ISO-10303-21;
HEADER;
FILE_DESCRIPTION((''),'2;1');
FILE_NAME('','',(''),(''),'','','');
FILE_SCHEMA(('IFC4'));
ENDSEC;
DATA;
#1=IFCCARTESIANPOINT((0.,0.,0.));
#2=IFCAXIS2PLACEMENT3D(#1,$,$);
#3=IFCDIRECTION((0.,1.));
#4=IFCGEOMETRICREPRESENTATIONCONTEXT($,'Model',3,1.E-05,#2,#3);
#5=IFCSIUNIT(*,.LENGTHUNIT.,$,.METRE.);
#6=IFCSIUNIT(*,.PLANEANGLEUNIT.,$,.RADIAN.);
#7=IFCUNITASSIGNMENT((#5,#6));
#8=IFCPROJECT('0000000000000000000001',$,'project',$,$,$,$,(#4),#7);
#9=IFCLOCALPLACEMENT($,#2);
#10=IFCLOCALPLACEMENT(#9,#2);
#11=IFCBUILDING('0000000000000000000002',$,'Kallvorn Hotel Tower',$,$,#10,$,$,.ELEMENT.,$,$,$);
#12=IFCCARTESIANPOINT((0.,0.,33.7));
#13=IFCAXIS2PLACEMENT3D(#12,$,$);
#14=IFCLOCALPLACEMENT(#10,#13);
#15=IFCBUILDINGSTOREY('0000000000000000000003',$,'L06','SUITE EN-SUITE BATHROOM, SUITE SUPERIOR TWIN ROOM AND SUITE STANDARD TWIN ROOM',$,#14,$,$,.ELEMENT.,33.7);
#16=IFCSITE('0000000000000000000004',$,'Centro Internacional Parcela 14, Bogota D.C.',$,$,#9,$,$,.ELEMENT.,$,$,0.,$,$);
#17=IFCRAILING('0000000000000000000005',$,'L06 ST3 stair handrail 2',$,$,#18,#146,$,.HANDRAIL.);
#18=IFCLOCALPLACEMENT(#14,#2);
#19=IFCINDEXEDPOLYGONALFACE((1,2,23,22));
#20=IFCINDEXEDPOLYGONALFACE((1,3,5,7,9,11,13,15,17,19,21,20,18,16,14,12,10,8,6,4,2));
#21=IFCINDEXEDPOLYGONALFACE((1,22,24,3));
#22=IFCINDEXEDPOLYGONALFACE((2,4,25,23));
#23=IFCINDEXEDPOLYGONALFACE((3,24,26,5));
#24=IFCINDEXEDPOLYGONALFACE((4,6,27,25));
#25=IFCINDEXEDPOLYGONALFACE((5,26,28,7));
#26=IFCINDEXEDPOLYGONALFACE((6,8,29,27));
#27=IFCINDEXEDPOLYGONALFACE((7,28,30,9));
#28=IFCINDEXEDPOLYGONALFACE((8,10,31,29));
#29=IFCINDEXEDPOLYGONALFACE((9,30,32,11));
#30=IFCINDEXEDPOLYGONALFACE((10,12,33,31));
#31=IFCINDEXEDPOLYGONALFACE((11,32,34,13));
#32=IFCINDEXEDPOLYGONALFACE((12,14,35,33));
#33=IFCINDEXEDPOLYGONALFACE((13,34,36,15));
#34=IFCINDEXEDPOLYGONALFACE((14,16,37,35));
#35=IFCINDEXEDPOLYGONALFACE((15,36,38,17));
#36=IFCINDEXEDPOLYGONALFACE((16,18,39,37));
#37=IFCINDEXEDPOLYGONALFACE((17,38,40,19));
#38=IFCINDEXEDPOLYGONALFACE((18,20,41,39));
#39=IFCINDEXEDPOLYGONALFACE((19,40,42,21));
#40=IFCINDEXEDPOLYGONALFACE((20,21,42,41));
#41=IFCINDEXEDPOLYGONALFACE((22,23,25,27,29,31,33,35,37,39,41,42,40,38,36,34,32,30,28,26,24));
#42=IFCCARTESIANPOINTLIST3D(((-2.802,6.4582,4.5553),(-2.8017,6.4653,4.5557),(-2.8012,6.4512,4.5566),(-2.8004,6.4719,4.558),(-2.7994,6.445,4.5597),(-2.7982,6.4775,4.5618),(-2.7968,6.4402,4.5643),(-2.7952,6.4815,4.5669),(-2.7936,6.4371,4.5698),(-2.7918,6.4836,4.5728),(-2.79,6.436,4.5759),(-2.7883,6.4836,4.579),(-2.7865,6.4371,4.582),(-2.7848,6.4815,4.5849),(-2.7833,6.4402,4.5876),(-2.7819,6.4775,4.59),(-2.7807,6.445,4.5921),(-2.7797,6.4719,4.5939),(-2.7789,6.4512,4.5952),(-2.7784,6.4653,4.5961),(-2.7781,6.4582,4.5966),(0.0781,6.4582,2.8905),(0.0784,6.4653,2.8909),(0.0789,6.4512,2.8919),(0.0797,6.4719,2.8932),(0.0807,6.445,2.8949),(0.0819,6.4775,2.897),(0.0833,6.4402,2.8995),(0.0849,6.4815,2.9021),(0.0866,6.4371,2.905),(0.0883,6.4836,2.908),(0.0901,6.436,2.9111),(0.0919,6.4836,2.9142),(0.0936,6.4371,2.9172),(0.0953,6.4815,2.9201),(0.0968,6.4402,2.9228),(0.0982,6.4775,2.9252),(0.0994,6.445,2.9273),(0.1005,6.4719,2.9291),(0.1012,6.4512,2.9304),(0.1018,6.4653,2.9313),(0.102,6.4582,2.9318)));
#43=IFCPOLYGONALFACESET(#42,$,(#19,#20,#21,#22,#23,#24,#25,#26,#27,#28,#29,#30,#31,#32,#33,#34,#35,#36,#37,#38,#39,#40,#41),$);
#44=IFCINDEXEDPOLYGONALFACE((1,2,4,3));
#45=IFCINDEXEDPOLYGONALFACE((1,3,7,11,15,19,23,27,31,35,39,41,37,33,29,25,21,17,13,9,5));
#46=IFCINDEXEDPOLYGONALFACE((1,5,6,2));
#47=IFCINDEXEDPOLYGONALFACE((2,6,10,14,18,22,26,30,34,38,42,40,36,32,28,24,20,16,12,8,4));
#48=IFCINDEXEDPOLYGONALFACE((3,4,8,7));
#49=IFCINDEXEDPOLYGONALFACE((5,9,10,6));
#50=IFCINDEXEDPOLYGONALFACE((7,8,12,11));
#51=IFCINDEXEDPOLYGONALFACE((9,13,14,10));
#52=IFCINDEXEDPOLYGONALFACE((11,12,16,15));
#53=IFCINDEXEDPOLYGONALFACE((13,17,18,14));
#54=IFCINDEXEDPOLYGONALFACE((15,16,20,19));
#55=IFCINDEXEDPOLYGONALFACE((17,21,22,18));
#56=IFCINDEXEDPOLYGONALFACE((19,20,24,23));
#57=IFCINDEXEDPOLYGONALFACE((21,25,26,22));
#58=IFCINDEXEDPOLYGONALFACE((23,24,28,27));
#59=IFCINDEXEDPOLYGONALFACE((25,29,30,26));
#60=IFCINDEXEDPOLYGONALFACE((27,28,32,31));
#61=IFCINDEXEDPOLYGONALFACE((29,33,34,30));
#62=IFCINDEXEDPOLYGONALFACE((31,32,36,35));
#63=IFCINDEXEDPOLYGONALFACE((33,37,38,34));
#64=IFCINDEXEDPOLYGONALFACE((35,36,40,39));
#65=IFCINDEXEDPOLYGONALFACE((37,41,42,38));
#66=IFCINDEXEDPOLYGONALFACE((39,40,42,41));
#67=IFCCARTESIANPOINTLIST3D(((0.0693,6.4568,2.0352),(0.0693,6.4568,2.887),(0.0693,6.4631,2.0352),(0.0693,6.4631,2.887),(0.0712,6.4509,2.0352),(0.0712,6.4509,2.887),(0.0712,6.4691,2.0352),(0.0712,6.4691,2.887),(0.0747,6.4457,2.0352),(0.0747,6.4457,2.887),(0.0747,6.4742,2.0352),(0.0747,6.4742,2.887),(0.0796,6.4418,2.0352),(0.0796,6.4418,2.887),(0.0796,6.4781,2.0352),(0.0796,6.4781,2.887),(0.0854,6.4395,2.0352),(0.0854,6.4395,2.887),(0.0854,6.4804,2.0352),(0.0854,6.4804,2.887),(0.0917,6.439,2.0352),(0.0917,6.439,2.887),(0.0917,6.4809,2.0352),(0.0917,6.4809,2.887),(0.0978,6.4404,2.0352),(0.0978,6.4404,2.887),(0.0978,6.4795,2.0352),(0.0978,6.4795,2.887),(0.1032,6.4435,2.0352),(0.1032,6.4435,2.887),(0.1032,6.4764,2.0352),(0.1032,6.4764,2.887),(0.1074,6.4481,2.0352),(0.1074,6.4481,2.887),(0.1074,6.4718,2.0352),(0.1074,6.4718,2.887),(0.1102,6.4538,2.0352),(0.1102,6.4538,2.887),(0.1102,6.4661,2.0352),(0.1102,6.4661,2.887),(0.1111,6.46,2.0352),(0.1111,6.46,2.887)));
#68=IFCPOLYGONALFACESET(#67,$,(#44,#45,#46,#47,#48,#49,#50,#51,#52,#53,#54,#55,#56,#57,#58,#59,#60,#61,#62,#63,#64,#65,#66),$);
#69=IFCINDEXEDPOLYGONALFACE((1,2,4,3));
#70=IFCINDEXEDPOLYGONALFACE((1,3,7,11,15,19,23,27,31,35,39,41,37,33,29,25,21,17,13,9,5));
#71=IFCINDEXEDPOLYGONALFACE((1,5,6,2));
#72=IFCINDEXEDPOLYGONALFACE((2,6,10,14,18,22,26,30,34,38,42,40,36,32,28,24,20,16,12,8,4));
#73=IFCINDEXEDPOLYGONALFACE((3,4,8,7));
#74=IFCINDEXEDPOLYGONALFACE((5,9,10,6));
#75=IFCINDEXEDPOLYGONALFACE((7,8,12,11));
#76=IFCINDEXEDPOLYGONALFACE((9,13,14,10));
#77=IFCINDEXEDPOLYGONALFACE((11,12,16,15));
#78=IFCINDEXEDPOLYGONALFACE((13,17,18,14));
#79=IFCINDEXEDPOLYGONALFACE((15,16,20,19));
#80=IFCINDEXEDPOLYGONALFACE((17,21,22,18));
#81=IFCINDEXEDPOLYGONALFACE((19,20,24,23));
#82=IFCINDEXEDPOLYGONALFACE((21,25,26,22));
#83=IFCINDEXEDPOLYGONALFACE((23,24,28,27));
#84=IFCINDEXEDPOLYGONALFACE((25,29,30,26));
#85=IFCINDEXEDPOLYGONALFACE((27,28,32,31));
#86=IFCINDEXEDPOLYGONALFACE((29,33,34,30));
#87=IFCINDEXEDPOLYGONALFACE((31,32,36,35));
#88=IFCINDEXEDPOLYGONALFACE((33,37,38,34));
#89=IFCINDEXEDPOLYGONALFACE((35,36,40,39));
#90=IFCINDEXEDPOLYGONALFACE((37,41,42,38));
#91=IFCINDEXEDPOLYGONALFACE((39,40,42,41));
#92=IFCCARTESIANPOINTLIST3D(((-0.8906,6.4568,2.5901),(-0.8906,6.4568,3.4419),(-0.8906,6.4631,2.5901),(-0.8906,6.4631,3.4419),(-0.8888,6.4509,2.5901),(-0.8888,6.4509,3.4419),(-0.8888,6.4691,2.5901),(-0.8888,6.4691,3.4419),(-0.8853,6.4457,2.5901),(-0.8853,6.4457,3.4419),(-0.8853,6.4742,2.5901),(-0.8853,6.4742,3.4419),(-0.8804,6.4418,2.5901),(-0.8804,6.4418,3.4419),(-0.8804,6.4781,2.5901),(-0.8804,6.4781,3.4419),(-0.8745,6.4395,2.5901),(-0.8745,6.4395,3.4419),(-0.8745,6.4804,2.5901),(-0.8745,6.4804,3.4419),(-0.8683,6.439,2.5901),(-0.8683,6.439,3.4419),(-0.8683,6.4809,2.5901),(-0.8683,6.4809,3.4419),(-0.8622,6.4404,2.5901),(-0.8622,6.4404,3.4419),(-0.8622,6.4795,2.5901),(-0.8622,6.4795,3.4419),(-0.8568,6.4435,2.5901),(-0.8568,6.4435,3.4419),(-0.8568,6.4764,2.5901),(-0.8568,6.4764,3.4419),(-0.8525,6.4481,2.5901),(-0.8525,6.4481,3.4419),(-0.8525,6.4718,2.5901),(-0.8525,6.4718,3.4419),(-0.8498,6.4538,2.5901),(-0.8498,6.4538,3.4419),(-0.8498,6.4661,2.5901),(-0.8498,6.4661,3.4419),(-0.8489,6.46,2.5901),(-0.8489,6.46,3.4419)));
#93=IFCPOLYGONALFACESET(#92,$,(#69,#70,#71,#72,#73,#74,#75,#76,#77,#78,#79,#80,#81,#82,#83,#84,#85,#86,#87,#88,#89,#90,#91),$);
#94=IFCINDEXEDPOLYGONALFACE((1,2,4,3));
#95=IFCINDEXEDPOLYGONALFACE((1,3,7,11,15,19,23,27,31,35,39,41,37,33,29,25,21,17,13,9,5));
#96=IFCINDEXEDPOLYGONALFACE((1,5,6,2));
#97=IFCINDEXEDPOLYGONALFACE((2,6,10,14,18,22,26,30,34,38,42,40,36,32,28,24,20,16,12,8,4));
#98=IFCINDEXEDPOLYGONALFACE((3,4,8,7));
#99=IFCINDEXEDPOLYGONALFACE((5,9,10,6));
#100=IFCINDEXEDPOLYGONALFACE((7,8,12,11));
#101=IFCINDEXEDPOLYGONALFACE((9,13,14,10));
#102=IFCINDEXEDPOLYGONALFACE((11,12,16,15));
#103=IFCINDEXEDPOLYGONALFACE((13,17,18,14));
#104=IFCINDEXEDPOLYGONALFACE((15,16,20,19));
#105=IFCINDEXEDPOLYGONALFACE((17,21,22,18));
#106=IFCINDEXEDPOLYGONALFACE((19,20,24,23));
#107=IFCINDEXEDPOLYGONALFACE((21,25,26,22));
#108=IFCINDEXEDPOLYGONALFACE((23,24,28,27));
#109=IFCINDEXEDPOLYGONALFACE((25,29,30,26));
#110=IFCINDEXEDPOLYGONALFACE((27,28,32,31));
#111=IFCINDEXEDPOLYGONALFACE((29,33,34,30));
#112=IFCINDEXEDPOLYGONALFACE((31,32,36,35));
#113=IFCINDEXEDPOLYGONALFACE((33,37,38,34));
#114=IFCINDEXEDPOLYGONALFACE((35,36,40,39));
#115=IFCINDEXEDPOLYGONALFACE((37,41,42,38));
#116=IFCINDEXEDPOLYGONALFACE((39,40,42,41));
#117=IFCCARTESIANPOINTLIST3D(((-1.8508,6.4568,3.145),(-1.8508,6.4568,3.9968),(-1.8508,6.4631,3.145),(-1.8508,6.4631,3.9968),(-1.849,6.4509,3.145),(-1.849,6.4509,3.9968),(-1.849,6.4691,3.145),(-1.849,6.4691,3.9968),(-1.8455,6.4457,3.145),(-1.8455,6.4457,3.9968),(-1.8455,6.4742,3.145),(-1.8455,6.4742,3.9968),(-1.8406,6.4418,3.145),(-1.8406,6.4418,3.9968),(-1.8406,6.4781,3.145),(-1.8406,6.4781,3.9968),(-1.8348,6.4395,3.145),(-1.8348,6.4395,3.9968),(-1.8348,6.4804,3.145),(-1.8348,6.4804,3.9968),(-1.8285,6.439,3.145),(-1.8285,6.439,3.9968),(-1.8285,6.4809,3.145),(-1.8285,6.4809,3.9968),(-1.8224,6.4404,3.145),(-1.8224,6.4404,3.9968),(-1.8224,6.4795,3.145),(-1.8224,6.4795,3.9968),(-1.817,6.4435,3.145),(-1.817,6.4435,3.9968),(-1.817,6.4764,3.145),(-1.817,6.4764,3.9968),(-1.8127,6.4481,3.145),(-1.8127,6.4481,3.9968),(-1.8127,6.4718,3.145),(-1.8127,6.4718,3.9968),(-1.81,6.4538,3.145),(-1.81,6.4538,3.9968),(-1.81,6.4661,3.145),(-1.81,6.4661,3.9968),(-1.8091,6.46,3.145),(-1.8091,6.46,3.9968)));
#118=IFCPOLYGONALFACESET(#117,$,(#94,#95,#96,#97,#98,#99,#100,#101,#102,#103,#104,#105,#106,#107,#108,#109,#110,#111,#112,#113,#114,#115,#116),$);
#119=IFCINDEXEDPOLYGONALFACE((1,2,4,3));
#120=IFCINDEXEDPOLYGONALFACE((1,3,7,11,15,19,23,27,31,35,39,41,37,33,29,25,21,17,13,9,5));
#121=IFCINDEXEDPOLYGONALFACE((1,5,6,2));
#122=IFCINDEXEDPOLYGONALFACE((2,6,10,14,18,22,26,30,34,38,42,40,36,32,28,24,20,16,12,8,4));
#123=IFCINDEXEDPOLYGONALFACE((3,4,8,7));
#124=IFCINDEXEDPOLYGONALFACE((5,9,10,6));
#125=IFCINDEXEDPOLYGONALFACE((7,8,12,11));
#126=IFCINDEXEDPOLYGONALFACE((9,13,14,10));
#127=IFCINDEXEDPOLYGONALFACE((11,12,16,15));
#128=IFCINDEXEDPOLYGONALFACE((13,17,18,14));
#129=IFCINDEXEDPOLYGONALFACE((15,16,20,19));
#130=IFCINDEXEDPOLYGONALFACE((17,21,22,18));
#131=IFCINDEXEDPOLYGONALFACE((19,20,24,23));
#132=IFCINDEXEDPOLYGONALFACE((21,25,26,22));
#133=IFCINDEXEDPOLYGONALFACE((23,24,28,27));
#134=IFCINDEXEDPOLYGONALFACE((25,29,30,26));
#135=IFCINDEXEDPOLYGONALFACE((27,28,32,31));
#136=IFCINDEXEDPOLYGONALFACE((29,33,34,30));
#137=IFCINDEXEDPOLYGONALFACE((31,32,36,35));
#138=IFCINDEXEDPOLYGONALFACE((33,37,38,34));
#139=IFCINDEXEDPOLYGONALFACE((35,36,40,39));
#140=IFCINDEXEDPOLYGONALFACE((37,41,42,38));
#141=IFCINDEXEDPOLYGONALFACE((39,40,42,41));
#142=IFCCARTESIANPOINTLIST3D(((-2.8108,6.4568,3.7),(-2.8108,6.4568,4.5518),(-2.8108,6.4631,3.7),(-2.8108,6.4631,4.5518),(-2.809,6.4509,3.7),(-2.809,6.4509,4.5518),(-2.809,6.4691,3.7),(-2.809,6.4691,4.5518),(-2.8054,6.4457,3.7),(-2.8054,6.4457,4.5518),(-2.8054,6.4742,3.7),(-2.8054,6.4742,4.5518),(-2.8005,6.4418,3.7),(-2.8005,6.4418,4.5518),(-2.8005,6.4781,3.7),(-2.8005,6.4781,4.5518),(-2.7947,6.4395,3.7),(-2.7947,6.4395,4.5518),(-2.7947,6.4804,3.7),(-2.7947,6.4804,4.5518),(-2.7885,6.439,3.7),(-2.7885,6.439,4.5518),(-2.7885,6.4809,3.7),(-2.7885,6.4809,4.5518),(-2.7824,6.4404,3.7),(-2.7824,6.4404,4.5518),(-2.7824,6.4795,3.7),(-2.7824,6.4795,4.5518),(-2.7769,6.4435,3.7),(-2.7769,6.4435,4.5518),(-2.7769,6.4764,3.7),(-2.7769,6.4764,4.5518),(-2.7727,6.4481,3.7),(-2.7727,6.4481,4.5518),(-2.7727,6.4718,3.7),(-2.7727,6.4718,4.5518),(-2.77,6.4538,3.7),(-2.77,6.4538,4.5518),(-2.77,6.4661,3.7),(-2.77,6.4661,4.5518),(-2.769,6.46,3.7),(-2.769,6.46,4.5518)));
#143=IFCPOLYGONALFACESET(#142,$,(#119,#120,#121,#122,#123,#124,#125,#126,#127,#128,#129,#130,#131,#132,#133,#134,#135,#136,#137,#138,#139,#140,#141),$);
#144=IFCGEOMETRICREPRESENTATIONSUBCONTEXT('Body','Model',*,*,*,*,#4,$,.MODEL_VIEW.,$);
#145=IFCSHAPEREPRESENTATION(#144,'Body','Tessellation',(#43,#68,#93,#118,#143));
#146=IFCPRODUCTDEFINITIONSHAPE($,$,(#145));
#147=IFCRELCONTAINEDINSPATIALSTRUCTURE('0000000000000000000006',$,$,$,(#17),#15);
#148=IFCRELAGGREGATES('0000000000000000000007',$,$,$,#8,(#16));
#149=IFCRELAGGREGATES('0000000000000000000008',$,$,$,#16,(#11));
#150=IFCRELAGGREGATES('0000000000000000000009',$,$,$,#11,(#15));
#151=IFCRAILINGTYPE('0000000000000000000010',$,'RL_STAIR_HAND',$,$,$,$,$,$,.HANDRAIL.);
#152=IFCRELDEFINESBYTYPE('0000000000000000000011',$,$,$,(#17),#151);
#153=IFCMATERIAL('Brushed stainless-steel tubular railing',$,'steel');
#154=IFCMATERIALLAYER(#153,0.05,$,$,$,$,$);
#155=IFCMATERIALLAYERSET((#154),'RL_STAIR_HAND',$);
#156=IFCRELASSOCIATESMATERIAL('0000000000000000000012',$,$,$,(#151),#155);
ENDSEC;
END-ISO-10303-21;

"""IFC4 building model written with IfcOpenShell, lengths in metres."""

from ifc_helpers import new_model, si_unit, direction, frame, origin, origin_2d, place, context, subcontext, project, spatial, circle, extrude, material, layer, layer_set, type_object, element, save


model = new_model("IFC4")

# Units and contexts
model_context = context("Model", 3, precision=1e-05, world=origin(), true_north=direction((0.0, 1.0)))
body_context = subcontext(model_context, "Body", "Model", "MODEL_VIEW")
ifc_project = project(units=[si_unit("LENGTHUNIT", "METRE"), si_unit("PLANEANGLEUNIT", "RADIAN")], contexts=[model_context])

# Site, building, storey
site_placement = place(None, origin())
site = spatial("IfcSite", under=ifc_project, at=site_placement, Name="Centro Internacional Parcela 14, Bogota D.C.", CompositionType="ELEMENT", RefElevation=0.0)
building_placement = place(site_placement, origin())
building = spatial("IfcBuilding", under=site, at=building_placement, Name="Kallvorn Hotel Tower", CompositionType="ELEMENT")
storey_placement = place(building_placement, frame((0.0, 0.0, 33.7)))
storey = spatial("IfcBuildingStorey", under=building, at=storey_placement, Name="L06", Description="SUITE EN-SUITE BATHROOM, SUITE SUPERIOR TWIN ROOM AND SUITE STANDARD TWIN ROOM", CompositionType="ELEMENT", Elevation=33.7)

# Railing
ifc_material_1 = material(Name="Brushed stainless-steel tubular railing", Category="steel")
ifc_layer_1 = layer(ifc_material_1, 0.05)
ifc_layer_set_1 = layer_set([ifc_layer_1], Name="RL_STAIR_HAND")
railing_type_1 = type_object("IfcRailingType", Name="RL_STAIR_HAND", PredefinedType="HANDRAIL", material=ifc_layer_set_1)
railing_1_placement = place(storey_placement, frame((0.0901, 6.46, 2.0352)))
element("IfcRailing", 1, at=railing_1_placement, inside=storey, type_object=railing_type_1, Name="L06 ST3 stair handrail 2", PredefinedType="HANDRAIL", context=body_context, shape_type="SweptSolid", body=[
    extrude(circle(Radius=0.0239, at=origin_2d()), frame((0.0, 0.0, 0.876), z_axis=(-0.865771, 0.0, 0.50044), x_axis=(0.0, -1.0, 0.0)), (0.0, 0.0, 1.0), 3.3267),
    extrude(circle(Radius=0.021, at=origin_2d()), origin(), (0.0, 0.0, 1.0), 0.8518),
    extrude(circle(Radius=0.021, at=origin_2d()), frame((-0.96, 0.0, 0.5549)), (0.0, 0.0, 1.0), 0.8518),
    extrude(circle(Radius=0.021, at=origin_2d()), frame((-1.9202, 0.0, 1.1099)), (0.0, 0.0, 1.0), 0.8518),
    extrude(circle(Radius=0.021, at=origin_2d()), frame((-2.8801, 0.0, 1.6648)), (0.0, 0.0, 1.0), 0.8518),
])

save(model, "model.ifc")
